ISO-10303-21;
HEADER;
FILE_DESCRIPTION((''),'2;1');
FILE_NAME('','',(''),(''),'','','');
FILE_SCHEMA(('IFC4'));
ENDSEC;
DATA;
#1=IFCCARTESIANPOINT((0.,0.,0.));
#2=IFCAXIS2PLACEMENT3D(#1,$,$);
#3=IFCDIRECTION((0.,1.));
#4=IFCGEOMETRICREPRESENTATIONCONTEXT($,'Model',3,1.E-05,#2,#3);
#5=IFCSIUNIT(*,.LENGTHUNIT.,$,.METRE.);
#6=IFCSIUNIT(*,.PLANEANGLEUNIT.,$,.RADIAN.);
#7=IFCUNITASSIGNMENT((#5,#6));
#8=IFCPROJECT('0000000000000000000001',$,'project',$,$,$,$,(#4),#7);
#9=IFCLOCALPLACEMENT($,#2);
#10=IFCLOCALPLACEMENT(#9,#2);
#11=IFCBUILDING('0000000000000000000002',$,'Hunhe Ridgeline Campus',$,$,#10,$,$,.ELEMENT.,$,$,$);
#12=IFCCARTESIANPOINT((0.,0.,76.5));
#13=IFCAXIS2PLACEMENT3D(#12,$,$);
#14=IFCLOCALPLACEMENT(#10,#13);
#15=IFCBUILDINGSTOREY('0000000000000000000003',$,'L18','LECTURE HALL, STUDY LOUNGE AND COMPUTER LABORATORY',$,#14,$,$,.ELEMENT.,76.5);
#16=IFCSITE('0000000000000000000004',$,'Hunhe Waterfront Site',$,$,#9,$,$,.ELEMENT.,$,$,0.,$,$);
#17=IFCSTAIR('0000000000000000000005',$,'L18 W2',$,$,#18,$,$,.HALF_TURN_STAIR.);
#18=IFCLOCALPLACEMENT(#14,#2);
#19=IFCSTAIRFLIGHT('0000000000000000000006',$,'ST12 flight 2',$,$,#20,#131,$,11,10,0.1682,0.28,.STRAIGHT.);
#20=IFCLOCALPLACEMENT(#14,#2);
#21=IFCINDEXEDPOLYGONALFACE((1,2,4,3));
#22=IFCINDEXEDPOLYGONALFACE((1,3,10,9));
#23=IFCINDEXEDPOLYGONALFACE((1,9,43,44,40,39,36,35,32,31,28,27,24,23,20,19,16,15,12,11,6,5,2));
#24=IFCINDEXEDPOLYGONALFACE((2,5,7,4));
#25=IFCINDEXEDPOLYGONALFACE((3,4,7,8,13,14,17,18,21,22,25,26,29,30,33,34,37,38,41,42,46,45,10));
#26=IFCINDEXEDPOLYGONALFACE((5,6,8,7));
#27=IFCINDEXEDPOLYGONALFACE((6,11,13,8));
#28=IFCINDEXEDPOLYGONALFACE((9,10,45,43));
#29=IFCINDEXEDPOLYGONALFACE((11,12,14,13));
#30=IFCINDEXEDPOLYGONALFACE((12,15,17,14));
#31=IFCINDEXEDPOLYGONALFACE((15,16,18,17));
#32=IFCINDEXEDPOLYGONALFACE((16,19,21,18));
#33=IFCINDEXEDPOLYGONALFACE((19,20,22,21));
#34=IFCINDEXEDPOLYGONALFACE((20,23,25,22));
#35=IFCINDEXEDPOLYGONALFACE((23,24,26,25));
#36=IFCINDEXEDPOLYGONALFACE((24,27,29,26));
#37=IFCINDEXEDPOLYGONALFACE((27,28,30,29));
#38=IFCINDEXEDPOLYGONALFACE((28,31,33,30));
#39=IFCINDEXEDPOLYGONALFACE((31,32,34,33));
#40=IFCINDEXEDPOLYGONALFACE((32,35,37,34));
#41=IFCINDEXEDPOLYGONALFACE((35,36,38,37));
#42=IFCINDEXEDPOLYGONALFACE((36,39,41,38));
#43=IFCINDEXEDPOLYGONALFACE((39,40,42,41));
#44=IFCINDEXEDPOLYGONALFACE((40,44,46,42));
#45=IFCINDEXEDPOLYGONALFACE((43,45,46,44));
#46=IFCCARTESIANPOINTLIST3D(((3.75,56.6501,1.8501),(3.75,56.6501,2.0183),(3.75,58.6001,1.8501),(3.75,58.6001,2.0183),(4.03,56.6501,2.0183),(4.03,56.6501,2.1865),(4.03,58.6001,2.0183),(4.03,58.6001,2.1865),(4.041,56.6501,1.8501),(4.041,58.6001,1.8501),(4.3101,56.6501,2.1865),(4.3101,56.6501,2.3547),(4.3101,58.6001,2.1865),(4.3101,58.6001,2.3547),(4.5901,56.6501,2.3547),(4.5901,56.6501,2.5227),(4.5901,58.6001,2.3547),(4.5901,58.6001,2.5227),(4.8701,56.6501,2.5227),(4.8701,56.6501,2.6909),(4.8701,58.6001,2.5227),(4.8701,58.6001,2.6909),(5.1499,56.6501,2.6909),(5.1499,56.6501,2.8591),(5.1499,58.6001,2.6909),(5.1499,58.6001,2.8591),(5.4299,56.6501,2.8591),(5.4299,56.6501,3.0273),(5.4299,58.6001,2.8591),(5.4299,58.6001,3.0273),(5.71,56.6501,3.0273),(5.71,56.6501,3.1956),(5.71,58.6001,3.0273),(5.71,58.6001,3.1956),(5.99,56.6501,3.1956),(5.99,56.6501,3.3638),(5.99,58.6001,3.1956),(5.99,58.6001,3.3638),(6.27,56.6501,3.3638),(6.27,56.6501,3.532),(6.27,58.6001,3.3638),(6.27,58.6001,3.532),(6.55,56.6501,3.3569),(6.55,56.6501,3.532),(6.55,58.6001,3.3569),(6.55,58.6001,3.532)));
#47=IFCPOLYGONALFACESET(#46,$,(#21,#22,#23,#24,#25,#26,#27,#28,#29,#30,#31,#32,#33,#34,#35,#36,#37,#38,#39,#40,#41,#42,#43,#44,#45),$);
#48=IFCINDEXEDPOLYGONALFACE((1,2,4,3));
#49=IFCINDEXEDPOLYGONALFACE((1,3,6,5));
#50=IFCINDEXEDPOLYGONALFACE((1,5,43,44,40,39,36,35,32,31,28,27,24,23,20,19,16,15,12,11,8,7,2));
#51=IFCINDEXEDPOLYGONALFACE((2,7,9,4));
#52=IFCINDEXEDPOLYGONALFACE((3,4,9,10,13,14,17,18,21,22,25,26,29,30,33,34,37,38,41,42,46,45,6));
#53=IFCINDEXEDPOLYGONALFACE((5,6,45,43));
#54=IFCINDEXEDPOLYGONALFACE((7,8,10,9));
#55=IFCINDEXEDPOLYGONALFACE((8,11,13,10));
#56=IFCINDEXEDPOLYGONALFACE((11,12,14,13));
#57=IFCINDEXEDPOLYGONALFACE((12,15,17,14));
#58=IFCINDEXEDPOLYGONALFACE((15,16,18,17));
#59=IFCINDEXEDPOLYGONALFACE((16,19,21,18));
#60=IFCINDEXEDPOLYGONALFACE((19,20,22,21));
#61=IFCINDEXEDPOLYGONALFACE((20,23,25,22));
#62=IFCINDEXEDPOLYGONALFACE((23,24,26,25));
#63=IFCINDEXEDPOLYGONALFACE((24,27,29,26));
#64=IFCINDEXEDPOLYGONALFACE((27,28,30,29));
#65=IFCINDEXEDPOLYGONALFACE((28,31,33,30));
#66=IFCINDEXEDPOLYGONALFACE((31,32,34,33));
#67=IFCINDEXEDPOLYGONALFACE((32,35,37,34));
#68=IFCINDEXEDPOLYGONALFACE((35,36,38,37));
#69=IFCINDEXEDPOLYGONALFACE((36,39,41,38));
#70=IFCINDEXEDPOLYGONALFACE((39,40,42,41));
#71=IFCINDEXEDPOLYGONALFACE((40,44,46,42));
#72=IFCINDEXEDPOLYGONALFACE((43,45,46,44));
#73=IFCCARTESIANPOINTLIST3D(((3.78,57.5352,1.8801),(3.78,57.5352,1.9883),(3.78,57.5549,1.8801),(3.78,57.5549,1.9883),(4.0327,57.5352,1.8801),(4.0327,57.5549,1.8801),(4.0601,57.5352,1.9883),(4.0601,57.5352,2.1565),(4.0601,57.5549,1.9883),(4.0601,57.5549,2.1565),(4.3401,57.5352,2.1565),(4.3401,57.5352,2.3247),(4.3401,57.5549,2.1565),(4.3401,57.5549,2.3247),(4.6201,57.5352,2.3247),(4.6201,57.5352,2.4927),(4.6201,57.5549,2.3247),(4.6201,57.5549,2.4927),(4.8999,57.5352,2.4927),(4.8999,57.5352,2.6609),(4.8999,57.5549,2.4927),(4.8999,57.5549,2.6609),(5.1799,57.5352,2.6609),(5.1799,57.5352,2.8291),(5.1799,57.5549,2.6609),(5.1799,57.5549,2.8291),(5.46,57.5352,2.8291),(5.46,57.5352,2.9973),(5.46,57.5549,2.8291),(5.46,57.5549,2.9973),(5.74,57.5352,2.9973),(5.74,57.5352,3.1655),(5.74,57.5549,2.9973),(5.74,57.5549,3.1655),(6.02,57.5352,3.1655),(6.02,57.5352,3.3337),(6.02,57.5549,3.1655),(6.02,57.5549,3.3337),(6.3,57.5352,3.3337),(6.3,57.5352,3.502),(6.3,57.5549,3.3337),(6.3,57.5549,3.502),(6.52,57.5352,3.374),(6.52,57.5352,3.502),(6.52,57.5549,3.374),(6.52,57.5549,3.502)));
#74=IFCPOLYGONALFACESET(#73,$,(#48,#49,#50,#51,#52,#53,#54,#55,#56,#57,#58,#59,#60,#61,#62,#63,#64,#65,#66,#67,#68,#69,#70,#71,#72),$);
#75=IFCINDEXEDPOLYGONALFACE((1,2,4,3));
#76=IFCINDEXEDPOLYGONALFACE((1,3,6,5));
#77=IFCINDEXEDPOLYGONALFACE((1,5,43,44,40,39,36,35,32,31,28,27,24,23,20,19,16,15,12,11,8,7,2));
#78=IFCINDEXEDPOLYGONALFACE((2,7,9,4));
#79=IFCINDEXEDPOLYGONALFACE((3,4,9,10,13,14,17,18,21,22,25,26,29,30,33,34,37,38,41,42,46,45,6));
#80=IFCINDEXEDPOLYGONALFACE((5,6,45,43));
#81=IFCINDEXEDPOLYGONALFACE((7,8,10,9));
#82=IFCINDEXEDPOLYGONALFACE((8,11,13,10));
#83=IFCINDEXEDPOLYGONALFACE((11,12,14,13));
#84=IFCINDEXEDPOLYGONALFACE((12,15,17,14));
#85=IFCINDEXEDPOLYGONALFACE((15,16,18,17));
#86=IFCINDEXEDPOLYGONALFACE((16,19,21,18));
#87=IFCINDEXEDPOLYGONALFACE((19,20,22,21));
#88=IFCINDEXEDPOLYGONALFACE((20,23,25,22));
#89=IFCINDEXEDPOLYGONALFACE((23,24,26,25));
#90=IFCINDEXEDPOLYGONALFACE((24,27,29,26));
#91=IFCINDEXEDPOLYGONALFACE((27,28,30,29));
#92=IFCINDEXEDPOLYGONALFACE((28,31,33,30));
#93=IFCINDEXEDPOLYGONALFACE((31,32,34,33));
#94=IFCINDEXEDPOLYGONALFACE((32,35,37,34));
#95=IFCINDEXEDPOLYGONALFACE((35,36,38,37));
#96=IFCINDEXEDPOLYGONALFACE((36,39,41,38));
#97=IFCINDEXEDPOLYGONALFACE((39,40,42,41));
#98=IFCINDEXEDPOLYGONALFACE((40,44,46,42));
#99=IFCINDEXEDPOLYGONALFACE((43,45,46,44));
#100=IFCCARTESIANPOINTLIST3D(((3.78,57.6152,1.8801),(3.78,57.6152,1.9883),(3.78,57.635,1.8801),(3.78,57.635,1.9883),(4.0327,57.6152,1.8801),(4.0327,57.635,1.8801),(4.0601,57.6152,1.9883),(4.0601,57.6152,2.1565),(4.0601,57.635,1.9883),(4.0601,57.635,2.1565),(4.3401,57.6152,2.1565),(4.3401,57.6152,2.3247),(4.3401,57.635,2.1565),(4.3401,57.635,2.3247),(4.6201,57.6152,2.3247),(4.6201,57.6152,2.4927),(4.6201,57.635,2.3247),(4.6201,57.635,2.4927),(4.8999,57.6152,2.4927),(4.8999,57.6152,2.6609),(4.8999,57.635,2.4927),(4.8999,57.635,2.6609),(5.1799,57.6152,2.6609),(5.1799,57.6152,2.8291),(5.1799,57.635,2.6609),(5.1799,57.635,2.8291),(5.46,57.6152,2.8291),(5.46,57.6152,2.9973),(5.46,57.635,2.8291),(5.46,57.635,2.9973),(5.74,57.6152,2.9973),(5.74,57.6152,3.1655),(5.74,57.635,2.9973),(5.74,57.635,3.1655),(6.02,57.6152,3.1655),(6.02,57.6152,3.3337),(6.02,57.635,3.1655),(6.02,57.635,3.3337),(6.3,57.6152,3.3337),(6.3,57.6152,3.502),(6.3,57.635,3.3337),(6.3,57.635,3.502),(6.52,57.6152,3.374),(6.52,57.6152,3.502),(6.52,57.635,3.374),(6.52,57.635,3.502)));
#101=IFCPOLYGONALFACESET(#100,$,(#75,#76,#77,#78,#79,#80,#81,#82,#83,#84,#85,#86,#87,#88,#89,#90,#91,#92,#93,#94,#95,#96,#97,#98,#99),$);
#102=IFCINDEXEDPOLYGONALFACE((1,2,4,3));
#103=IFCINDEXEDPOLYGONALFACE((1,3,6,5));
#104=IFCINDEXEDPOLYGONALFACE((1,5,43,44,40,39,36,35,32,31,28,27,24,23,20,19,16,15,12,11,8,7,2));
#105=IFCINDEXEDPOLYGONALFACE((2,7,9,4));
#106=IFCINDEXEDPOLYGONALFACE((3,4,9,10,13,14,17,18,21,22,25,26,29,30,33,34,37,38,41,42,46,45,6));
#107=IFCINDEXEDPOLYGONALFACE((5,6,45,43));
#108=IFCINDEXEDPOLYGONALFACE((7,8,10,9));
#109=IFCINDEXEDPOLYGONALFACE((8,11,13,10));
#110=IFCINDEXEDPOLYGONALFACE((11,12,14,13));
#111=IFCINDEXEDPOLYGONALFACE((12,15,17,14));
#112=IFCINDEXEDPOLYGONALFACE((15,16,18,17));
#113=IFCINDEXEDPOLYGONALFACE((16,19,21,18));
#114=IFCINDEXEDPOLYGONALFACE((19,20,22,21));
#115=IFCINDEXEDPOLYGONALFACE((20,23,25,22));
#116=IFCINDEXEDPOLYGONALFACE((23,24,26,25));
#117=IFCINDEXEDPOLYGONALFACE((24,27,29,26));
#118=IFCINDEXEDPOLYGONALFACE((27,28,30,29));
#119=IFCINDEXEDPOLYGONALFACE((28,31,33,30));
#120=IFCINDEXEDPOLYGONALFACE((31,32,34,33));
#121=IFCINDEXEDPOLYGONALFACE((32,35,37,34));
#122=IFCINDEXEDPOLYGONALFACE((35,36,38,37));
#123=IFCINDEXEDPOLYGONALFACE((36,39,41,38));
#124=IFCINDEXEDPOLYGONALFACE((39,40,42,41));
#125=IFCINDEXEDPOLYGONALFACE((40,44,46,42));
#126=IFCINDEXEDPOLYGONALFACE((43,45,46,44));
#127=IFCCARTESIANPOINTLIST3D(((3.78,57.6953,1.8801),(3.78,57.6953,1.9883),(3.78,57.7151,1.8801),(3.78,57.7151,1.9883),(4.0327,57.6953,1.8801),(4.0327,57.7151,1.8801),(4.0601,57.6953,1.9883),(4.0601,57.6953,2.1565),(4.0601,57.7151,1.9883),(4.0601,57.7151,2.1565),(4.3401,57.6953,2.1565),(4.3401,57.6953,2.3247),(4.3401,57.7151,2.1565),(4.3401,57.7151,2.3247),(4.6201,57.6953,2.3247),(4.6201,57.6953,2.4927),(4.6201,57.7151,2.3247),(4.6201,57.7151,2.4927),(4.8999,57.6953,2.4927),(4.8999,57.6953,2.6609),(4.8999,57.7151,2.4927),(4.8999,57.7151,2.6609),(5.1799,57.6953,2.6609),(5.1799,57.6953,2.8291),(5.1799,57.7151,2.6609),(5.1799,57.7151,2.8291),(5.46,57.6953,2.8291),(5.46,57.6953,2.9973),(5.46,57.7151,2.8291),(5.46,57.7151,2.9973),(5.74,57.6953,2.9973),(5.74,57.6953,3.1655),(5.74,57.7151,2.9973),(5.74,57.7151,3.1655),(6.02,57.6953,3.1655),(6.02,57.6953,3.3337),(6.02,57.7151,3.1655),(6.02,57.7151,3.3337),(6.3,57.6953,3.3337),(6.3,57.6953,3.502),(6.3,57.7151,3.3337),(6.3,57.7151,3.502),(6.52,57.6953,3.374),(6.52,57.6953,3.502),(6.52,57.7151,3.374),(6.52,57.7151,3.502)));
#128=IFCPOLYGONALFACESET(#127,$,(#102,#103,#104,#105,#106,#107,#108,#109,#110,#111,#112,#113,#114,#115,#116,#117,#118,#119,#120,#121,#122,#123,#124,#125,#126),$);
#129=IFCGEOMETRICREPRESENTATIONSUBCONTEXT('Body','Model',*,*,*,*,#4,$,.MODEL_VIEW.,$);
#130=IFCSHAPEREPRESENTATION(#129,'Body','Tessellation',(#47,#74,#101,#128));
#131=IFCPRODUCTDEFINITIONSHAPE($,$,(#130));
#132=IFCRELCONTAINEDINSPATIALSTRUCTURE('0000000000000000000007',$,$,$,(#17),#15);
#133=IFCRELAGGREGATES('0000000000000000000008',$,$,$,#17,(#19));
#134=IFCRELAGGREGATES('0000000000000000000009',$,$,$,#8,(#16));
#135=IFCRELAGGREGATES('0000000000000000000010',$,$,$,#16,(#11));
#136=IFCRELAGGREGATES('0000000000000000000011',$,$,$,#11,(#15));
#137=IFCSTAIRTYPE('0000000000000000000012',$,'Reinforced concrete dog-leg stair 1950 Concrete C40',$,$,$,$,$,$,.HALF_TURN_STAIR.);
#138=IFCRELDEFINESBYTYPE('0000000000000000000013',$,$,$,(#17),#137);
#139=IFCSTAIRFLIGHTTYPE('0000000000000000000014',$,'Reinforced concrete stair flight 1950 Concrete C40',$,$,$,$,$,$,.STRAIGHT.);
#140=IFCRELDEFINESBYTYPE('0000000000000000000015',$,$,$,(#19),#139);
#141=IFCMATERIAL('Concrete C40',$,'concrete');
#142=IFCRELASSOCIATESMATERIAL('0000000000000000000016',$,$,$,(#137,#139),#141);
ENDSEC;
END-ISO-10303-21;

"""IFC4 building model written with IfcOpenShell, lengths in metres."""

from ifc_helpers import new_model, si_unit, direction, frame, origin, place, context, subcontext, project, spatial, polyline, outline, extrude, material, type_object, element, aggregate, save


model = new_model("IFC4")

# Units and contexts
model_context = context("Model", 3, precision=1e-05, world=origin(), true_north=direction((0.0, 1.0)))
body_context = subcontext(model_context, "Body", "Model", "MODEL_VIEW")
ifc_project = project(units=[si_unit("LENGTHUNIT", "METRE"), si_unit("PLANEANGLEUNIT", "RADIAN")], contexts=[model_context])

# Site, building, storey
site_placement = place(None, origin())
site = spatial("IfcSite", under=ifc_project, at=site_placement, Name="Hunhe Waterfront Site", CompositionType="ELEMENT", RefElevation=0.0)
building_placement = place(site_placement, origin())
building = spatial("IfcBuilding", under=site, at=building_placement, Name="Hunhe Ridgeline Campus", CompositionType="ELEMENT")
storey_placement = place(building_placement, frame((0.0, 0.0, 76.5)))
storey = spatial("IfcBuildingStorey", under=building, at=storey_placement, Name="L18", Description="LECTURE HALL, STUDY LOUNGE AND COMPUTER LABORATORY", CompositionType="ELEMENT", Elevation=76.5)

# Stair, stair flight
ifc_material_1 = material(Name="Concrete C40", Category="concrete")
stair_type = type_object("IfcStairType", Name="Reinforced concrete dog-leg stair 1950 Concrete C40", PredefinedType="HALF_TURN_STAIR", material=ifc_material_1)
stair_placement = place(storey_placement, origin())
stair = element("IfcStair", 1, at=stair_placement, inside=storey, type_object=stair_type, Name="L18 W2", PredefinedType="HALF_TURN_STAIR")
stair_flight_type = type_object("IfcStairFlightType", Name="Reinforced concrete stair flight 1950 Concrete C40", PredefinedType="STRAIGHT", material=ifc_material_1)
stair_flight_1_placement = place(storey_placement, frame((3.75, 57.625, 1.8501), z_axis=(0.0, 0.0, 1.0), x_axis=(1.0, 0.0, 0.0)))
stair_flight_1 = element("IfcStairFlight", 2, at=stair_flight_1_placement, type_object=stair_flight_type, Name="ST12 flight 2", NumberOfRisers=11, NumberOfTreads=10, PredefinedType="STRAIGHT", RiserHeight=0.1682, TreadLength=0.28, context=body_context, shape_type="SweptSolid", body=[
    extrude(outline(polyline([(0.0, 0.0), (0.0, 0.1682), (0.28, 0.1682), (0.28, 0.3364), (0.5601, 0.3364), (0.5601, 0.5046), (0.8401, 0.5046), (0.8401, 0.6726), (1.1201, 0.6726), (1.1201, 0.8408), (1.3999, 0.8408), (1.3999, 1.009), (1.6799, 1.009), (1.6799, 1.1772), (1.96, 1.1772), (1.96, 1.3455), (2.24, 1.3455), (2.24, 1.5137), (2.52, 1.5137), (2.52, 1.6819), (2.8, 1.6819), (2.8, 1.8501), (2.8, 1.5068), (0.291, 0.0), (0.0, 0.0)])), frame((0.0, 0.9751, 0.0), z_axis=(0.0, -1.0, 0.0), x_axis=(1.0, 0.0, 0.0)), (0.0, 0.0, 1.0), 1.95),
    extrude(outline(polyline([(0.03, 0.03), (0.03, 0.1382), (0.3101, 0.1382), (0.3101, 0.3064), (0.5901, 0.3064), (0.5901, 0.4746), (0.8701, 0.4746), (0.8701, 0.6426), (1.1499, 0.6426), (1.1499, 0.8108), (1.4299, 0.8108), (1.4299, 0.979), (1.71, 0.979), (1.71, 1.1472), (1.99, 1.1472), (1.99, 1.3154), (2.27, 1.3154), (2.27, 1.4836), (2.55, 1.4836), (2.55, 1.6519), (2.77, 1.6519), (2.77, 1.5239), (0.2827, 0.03), (0.03, 0.03)])), frame((0.0, -0.0701, 0.0), z_axis=(0.0, -1.0, 0.0), x_axis=(1.0, 0.0, 0.0)), (0.0, 0.0, 1.0), 0.0198),
    extrude(outline(polyline([(0.03, 0.03), (0.03, 0.1382), (0.3101, 0.1382), (0.3101, 0.3064), (0.5901, 0.3064), (0.5901, 0.4746), (0.8701, 0.4746), (0.8701, 0.6426), (1.1499, 0.6426), (1.1499, 0.8108), (1.4299, 0.8108), (1.4299, 0.979), (1.71, 0.979), (1.71, 1.1472), (1.99, 1.1472), (1.99, 1.3154), (2.27, 1.3154), (2.27, 1.4836), (2.55, 1.4836), (2.55, 1.6519), (2.77, 1.6519), (2.77, 1.5239), (0.2827, 0.03), (0.03, 0.03)])), frame((0.0, 0.01, 0.0), z_axis=(0.0, -1.0, 0.0), x_axis=(1.0, 0.0, 0.0)), (0.0, 0.0, 1.0), 0.0198),
    extrude(outline(polyline([(0.03, 0.03), (0.03, 0.1382), (0.3101, 0.1382), (0.3101, 0.3064), (0.5901, 0.3064), (0.5901, 0.4746), (0.8701, 0.4746), (0.8701, 0.6426), (1.1499, 0.6426), (1.1499, 0.8108), (1.4299, 0.8108), (1.4299, 0.979), (1.71, 0.979), (1.71, 1.1472), (1.99, 1.1472), (1.99, 1.3154), (2.27, 1.3154), (2.27, 1.4836), (2.55, 1.4836), (2.55, 1.6519), (2.77, 1.6519), (2.77, 1.5239), (0.2827, 0.03), (0.03, 0.03)])), frame((0.0, 0.0901, 0.0), z_axis=(0.0, -1.0, 0.0), x_axis=(1.0, 0.0, 0.0)), (0.0, 0.0, 1.0), 0.0198),
])
aggregate(stair, [stair_flight_1])

save(model, "model.ifc")
